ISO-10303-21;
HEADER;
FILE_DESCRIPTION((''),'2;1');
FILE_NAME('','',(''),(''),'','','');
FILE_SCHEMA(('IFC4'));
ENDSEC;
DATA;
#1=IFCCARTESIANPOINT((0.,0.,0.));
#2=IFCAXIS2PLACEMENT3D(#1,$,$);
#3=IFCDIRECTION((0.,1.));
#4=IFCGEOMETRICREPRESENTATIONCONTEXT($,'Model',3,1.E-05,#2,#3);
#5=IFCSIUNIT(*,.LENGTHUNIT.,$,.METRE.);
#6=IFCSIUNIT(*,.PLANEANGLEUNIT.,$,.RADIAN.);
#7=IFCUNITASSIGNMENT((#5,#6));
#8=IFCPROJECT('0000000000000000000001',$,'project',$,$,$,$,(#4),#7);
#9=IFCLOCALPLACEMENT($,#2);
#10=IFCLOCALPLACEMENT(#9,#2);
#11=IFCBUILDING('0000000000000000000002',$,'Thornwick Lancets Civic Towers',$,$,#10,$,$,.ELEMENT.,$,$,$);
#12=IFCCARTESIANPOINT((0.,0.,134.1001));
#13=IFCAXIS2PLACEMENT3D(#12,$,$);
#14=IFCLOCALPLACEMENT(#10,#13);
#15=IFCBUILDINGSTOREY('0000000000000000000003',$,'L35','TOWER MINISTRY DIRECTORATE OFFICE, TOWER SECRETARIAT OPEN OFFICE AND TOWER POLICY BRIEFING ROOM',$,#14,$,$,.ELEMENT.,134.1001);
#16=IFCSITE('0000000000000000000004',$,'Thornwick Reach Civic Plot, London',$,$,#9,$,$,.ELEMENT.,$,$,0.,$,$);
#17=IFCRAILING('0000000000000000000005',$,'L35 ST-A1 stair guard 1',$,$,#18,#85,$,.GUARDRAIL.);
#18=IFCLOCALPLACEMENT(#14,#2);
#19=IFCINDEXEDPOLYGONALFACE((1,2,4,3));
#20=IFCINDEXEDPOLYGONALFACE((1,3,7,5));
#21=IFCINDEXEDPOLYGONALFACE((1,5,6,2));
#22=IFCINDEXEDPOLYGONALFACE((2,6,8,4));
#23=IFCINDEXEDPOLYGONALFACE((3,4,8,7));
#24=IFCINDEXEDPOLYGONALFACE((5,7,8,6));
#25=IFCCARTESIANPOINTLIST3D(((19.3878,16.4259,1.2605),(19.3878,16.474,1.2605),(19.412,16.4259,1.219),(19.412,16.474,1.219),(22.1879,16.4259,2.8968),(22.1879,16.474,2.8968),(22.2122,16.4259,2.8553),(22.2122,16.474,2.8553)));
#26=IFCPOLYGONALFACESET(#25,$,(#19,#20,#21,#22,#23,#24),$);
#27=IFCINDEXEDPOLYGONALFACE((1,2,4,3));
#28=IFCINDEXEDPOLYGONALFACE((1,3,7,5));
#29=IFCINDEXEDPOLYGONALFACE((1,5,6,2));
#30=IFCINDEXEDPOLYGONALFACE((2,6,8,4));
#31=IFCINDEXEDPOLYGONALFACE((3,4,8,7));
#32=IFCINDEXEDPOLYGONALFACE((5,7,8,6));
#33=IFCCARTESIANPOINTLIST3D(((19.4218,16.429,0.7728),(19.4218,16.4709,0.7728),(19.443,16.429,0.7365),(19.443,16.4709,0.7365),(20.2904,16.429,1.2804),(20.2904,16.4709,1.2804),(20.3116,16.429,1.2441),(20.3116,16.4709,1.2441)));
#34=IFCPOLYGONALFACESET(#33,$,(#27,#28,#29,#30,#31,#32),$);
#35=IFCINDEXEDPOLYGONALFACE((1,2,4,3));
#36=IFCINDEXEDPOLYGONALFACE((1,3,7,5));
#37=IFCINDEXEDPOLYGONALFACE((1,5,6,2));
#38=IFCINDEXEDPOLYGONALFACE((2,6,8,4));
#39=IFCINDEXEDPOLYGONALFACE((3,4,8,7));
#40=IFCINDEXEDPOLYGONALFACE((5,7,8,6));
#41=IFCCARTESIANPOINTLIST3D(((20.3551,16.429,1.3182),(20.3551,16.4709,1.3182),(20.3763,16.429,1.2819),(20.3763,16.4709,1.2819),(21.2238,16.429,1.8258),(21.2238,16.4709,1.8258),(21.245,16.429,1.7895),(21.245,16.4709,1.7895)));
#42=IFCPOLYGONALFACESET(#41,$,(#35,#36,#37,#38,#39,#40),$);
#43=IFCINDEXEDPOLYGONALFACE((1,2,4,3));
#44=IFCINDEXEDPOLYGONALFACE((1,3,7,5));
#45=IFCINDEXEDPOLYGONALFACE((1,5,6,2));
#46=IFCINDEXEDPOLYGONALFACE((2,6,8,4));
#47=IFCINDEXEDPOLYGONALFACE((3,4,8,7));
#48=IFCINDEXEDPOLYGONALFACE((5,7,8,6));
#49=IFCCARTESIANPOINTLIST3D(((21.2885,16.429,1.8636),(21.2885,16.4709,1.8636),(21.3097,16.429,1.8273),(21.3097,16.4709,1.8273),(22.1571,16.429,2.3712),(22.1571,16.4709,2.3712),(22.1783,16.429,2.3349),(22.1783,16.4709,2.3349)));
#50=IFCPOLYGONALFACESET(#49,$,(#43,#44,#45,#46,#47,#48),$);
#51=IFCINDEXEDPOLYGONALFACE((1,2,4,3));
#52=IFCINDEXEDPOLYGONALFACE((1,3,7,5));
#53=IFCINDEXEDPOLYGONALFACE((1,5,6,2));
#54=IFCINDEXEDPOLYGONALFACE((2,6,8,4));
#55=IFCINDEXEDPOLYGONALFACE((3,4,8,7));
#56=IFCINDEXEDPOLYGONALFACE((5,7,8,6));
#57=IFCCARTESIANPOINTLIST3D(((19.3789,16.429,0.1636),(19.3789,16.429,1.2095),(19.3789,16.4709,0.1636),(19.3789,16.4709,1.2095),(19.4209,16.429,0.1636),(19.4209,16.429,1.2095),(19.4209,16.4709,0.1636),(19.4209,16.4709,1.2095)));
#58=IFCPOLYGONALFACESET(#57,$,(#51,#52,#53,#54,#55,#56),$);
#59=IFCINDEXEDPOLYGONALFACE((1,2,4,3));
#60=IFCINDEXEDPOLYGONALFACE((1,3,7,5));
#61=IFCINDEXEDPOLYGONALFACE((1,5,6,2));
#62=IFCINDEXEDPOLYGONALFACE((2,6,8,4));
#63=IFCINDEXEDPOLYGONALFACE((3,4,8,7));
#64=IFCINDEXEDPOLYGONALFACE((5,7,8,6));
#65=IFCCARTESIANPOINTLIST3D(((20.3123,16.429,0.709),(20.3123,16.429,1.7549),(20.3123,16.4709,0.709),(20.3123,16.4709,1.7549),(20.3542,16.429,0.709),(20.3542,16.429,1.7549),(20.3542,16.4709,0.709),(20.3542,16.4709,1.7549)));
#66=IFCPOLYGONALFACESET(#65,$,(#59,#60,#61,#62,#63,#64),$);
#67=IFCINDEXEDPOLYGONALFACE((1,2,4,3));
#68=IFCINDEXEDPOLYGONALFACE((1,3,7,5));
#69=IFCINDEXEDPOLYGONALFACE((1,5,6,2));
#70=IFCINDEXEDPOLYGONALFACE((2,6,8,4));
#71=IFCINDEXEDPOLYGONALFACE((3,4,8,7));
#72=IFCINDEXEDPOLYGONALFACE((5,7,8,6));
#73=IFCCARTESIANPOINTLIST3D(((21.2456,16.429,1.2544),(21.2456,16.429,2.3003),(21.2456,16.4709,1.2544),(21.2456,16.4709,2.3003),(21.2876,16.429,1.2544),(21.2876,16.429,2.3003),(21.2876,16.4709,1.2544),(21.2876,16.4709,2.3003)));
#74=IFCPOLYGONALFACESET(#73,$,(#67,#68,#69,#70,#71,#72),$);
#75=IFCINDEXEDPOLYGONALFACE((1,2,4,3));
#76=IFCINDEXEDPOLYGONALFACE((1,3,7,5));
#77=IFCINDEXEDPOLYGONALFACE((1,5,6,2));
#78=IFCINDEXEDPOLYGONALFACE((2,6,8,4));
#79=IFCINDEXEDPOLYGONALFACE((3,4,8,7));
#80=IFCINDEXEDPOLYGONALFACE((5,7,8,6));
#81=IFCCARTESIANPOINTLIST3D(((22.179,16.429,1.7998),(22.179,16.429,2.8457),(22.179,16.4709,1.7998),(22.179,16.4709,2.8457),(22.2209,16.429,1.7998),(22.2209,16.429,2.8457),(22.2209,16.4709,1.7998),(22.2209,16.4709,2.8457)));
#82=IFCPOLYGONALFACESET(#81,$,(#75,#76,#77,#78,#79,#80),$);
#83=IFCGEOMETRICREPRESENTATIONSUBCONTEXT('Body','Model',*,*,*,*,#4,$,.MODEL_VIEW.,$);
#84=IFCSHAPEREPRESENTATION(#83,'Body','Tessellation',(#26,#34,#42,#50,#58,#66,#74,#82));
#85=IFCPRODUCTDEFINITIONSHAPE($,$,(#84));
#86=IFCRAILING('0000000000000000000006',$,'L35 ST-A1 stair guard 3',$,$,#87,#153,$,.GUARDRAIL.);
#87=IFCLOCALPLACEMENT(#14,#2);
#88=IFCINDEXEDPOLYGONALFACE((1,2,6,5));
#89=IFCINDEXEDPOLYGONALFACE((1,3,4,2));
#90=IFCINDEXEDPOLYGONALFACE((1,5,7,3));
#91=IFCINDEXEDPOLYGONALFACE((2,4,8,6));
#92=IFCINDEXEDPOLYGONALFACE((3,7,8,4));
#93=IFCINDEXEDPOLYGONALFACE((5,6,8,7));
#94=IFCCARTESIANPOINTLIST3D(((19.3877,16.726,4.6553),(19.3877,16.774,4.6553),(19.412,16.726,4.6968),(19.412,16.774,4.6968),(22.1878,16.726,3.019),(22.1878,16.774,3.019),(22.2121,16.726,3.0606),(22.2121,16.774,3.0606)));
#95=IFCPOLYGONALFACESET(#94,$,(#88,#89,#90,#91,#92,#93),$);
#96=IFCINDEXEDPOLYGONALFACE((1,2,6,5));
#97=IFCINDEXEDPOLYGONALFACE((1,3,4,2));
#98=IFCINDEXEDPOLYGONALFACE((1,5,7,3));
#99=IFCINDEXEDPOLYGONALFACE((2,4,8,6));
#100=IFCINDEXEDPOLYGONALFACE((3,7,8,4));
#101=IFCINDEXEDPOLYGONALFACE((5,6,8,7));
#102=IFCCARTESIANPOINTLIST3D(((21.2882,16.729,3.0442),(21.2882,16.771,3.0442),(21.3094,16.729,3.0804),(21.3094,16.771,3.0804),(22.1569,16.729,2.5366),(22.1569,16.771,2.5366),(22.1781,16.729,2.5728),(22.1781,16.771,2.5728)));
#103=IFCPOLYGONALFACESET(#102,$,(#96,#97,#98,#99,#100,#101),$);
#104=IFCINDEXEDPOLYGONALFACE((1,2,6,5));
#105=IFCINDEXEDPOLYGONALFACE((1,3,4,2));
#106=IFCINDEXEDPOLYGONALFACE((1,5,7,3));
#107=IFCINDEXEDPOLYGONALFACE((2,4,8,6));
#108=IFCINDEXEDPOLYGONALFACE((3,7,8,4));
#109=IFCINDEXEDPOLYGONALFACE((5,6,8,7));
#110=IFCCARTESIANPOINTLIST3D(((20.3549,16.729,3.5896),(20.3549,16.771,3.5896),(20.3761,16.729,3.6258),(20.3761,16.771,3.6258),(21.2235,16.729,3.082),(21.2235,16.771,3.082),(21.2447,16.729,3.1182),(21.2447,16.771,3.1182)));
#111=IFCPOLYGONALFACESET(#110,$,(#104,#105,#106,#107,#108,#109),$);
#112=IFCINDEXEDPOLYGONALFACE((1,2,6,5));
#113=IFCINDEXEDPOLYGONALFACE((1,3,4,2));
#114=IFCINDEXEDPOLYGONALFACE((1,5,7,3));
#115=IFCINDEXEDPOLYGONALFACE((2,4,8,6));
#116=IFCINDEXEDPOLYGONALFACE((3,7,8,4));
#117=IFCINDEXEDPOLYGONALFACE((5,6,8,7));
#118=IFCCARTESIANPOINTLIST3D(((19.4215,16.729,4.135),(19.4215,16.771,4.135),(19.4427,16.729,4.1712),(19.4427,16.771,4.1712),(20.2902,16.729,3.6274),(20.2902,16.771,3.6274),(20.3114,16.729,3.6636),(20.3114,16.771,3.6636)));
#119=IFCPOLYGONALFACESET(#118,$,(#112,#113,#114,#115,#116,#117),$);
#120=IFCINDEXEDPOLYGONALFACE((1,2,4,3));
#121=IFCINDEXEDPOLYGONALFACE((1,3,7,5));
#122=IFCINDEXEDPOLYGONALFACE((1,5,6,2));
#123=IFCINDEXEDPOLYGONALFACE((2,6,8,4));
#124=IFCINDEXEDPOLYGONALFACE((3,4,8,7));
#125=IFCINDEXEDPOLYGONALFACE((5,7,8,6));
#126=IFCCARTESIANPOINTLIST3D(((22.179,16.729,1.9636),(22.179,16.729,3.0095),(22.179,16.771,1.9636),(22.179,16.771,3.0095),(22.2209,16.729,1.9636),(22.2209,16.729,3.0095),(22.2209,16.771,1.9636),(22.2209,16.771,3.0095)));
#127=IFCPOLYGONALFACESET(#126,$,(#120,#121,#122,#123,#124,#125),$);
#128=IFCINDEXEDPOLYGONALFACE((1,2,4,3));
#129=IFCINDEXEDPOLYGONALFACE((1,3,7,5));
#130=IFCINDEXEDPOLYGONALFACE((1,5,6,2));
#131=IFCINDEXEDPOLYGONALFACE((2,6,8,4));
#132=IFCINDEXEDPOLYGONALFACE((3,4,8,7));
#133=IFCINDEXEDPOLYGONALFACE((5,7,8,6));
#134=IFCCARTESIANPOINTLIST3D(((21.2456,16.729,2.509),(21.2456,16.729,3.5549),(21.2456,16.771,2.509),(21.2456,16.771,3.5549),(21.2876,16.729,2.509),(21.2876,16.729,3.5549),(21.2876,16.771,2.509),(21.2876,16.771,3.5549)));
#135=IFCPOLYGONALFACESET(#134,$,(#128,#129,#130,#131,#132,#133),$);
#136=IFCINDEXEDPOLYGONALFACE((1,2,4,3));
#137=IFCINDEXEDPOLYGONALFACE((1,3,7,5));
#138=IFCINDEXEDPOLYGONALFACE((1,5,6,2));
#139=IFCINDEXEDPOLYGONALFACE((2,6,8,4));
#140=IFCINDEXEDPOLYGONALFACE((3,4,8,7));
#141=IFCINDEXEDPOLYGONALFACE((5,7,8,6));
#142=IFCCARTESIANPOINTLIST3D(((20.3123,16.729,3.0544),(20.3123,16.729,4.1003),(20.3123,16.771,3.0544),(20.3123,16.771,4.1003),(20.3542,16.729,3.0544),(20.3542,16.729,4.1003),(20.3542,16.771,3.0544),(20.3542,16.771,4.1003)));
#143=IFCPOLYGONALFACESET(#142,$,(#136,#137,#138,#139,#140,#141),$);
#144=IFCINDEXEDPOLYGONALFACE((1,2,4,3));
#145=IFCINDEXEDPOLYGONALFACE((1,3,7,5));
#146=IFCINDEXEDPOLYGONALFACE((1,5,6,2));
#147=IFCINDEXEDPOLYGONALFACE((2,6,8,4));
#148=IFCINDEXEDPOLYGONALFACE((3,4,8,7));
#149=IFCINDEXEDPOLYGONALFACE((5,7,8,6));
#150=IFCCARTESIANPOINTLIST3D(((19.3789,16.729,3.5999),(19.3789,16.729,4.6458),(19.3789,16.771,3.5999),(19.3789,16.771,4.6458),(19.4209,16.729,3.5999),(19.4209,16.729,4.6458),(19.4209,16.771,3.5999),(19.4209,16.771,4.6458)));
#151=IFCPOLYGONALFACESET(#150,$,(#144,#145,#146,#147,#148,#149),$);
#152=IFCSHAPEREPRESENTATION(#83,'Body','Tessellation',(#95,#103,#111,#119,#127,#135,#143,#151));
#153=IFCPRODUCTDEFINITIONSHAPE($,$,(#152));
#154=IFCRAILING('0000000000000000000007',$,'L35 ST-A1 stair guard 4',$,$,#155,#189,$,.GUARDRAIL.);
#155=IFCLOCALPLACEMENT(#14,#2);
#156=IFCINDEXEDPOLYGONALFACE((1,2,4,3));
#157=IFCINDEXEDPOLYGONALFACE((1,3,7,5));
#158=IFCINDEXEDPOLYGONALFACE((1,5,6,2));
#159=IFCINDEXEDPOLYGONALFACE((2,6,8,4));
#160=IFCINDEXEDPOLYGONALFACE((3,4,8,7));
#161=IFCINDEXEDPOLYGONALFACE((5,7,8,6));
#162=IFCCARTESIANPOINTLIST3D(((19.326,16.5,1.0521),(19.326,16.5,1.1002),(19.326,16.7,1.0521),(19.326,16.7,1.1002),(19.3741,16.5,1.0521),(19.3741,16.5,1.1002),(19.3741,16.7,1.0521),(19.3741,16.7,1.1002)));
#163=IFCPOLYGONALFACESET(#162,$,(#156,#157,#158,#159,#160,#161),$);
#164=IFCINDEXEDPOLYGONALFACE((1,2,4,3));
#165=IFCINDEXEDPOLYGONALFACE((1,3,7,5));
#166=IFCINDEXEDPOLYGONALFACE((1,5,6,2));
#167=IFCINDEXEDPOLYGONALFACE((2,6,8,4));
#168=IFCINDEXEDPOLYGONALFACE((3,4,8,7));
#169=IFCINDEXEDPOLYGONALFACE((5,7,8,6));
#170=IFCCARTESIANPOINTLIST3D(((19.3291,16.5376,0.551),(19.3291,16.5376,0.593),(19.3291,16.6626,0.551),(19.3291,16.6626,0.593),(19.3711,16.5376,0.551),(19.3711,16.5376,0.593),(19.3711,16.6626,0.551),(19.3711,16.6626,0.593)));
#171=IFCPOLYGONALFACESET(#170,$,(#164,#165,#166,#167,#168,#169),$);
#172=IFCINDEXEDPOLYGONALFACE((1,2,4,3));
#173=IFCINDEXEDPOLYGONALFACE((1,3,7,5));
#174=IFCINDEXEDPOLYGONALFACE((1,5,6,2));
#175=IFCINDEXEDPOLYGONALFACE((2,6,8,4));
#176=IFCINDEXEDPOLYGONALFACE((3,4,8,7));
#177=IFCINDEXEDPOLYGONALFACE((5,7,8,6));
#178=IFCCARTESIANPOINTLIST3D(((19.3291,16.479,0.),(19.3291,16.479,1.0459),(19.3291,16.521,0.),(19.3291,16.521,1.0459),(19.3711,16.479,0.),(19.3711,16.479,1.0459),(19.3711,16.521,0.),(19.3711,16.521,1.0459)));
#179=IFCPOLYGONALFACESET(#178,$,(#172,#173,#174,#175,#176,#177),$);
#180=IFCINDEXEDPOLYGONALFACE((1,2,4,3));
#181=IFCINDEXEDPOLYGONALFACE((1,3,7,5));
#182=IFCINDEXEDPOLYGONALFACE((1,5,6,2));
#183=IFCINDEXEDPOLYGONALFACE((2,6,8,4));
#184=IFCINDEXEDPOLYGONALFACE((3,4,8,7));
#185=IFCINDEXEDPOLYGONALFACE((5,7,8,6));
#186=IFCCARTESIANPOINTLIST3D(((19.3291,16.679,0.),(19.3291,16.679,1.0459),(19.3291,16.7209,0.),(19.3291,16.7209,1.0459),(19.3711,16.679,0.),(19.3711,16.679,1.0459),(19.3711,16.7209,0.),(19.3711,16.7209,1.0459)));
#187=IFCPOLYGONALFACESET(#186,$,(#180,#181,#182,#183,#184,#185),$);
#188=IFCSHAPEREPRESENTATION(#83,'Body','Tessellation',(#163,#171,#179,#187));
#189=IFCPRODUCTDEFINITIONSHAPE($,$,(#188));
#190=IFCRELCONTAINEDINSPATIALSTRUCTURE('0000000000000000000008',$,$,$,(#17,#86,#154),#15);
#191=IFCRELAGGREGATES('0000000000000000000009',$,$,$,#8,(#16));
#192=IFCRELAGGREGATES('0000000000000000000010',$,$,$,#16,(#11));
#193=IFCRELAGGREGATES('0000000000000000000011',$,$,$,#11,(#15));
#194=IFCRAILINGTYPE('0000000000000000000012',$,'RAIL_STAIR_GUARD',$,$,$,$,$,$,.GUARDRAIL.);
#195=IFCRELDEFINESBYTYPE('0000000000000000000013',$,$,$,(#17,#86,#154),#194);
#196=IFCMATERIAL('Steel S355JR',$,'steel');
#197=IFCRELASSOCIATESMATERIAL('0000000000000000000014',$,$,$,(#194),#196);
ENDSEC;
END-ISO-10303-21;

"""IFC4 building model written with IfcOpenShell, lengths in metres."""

from ifc_helpers import new_model, si_unit, direction, frame, origin, origin_2d, place, context, subcontext, project, spatial, rectangle, extrude, material, type_object, element, save


model = new_model("IFC4")

# Units and contexts
model_context = context("Model", 3, precision=1e-05, world=origin(), true_north=direction((0.0, 1.0)))
body_context = subcontext(model_context, "Body", "Model", "MODEL_VIEW")
ifc_project = project(units=[si_unit("LENGTHUNIT", "METRE"), si_unit("PLANEANGLEUNIT", "RADIAN")], contexts=[model_context])

# Site, building, storey
site_placement = place(None, origin())
site = spatial("IfcSite", under=ifc_project, at=site_placement, Name="Thornwick Reach Civic Plot, London", CompositionType="ELEMENT", RefElevation=0.0)
building_placement = place(site_placement, origin())
building = spatial("IfcBuilding", under=site, at=building_placement, Name="Thornwick Lancets Civic Towers", CompositionType="ELEMENT")
storey_placement = place(building_placement, frame((0.0, 0.0, 134.1001)))
storey = spatial("IfcBuildingStorey", under=building, at=storey_placement, Name="L35", Description="TOWER MINISTRY DIRECTORATE OFFICE, TOWER SECRETARIAT OPEN OFFICE AND TOWER POLICY BRIEFING ROOM", CompositionType="ELEMENT", Elevation=134.1001)

# Railings
ifc_material_1 = material(Name="Steel S355JR", Category="steel")
railing_type_1 = type_object("IfcRailingType", Name="RAIL_STAIR_GUARD", PredefinedType="GUARDRAIL", material=ifc_material_1)
railing_1_placement = place(storey_placement, frame((19.3999, 16.45, 0.1636)))
element("IfcRailing", 1, at=railing_1_placement, inside=storey, type_object=railing_type_1, Name="L35 ST-A1 stair guard 1", PredefinedType="GUARDRAIL", context=body_context, shape_type="SweptSolid", body=[
    extrude(rectangle(XDim=0.0481, YDim=0.0481, at=origin_2d()), frame((0.0, 0.0, 1.0762), z_axis=(0.863394, 0.0, 0.504531), x_axis=(0.0, 1.0, 0.0)), (0.0, 0.0, 1.0), 3.2432),
    extrude(rectangle(XDim=0.042, YDim=0.042, at=origin_2d()), frame((0.0325, 0.0, 0.5911), z_axis=(0.863394, 0.0, 0.504531), x_axis=(0.0, 1.0, 0.0)), (0.0, 0.0, 1.0), 1.0061),
    extrude(rectangle(XDim=0.042, YDim=0.042, at=origin_2d()), frame((0.9658, 0.0, 1.1365), z_axis=(0.863394, 0.0, 0.504531), x_axis=(0.0, 1.0, 0.0)), (0.0, 0.0, 1.0), 1.0061),
    extrude(rectangle(XDim=0.042, YDim=0.042, at=origin_2d()), frame((1.8992, 0.0, 1.6819), z_axis=(0.863394, 0.0, 0.504531), x_axis=(0.0, 1.0, 0.0)), (0.0, 0.0, 1.0), 1.0061),
    extrude(rectangle(XDim=0.042, YDim=0.042, at=origin_2d()), origin(), (0.0, 0.0, 1.0), 1.0459),
    extrude(rectangle(XDim=0.042, YDim=0.042, at=origin_2d()), frame((0.9333, 0.0, 0.5454)), (0.0, 0.0, 1.0), 1.0459),
    extrude(rectangle(XDim=0.042, YDim=0.042, at=origin_2d()), frame((1.8667, 0.0, 1.0908)), (0.0, 0.0, 1.0), 1.0459),
    extrude(rectangle(XDim=0.042, YDim=0.042, at=origin_2d()), frame((2.8, 0.0, 1.6362)), (0.0, 0.0, 1.0), 1.0459),
])
railing_2_placement = place(storey_placement, frame((22.2, 16.75, 1.9636)))
element("IfcRailing", 2, at=railing_2_placement, inside=storey, type_object=railing_type_1, Name="L35 ST-A1 stair guard 3", PredefinedType="GUARDRAIL", context=body_context, shape_type="SweptSolid", body=[
    extrude(rectangle(XDim=0.0481, YDim=0.0481, at=origin_2d()), frame((0.0, 0.0, 1.0762), z_axis=(-0.863394, 0.0, 0.504531), x_axis=(0.0, -1.0, 0.0)), (0.0, 0.0, 1.0), 3.2432),
    extrude(rectangle(XDim=0.042, YDim=0.042, at=origin_2d()), frame((-0.0325, 0.0, 0.5911), z_axis=(-0.863394, 0.0, 0.504531), x_axis=(0.0, -1.0, 0.0)), (0.0, 0.0, 1.0), 1.0061),
    extrude(rectangle(XDim=0.042, YDim=0.042, at=origin_2d()), frame((-0.9658, 0.0, 1.1365), z_axis=(-0.863394, 0.0, 0.504531), x_axis=(0.0, -1.0, 0.0)), (0.0, 0.0, 1.0), 1.0061),
    extrude(rectangle(XDim=0.042, YDim=0.042, at=origin_2d()), frame((-1.8992, 0.0, 1.6819), z_axis=(-0.863394, 0.0, 0.504531), x_axis=(0.0, -1.0, 0.0)), (0.0, 0.0, 1.0), 1.0061),
    extrude(rectangle(XDim=0.042, YDim=0.042, at=origin_2d()), origin(), (0.0, 0.0, 1.0), 1.0459),
    extrude(rectangle(XDim=0.042, YDim=0.042, at=origin_2d()), frame((-0.9333, 0.0, 0.5454)), (0.0, 0.0, 1.0), 1.0459),
    extrude(rectangle(XDim=0.042, YDim=0.042, at=origin_2d()), frame((-1.8667, 0.0, 1.0908)), (0.0, 0.0, 1.0), 1.0459),
    extrude(rectangle(XDim=0.042, YDim=0.042, at=origin_2d()), frame((-2.8, 0.0, 1.6362)), (0.0, 0.0, 1.0), 1.0459),
])
railing_3_placement = place(storey_placement, frame((19.3501, 16.5, 0.0)))
element("IfcRailing", 3, at=railing_3_placement, inside=storey, type_object=railing_type_1, Name="L35 ST-A1 stair guard 4", PredefinedType="GUARDRAIL", context=body_context, shape_type="SweptSolid", body=[
    extrude(rectangle(XDim=0.0481, YDim=0.0481, at=origin_2d()), frame((0.0, 0.0, 1.0762), z_axis=(0.0, 1.0, 0.0), x_axis=(-1.0, 0.0, 0.0)), (0.0, 0.0, 1.0), 0.2),
    extrude(rectangle(XDim=0.042, YDim=0.042, at=origin_2d()), frame((0.0, 0.0376, 0.572), z_axis=(0.0, 1.0, 0.0), x_axis=(-1.0, 0.0, 0.0)), (0.0, 0.0, 1.0), 0.125),
    extrude(rectangle(XDim=0.042, YDim=0.042, at=origin_2d()), origin(), (0.0, 0.0, 1.0), 1.0459),
    extrude(rectangle(XDim=0.042, YDim=0.042, at=origin_2d()), frame((0.0, 0.2, 0.0)), (0.0, 0.0, 1.0), 1.0459),
])

save(model, "model.ifc")
